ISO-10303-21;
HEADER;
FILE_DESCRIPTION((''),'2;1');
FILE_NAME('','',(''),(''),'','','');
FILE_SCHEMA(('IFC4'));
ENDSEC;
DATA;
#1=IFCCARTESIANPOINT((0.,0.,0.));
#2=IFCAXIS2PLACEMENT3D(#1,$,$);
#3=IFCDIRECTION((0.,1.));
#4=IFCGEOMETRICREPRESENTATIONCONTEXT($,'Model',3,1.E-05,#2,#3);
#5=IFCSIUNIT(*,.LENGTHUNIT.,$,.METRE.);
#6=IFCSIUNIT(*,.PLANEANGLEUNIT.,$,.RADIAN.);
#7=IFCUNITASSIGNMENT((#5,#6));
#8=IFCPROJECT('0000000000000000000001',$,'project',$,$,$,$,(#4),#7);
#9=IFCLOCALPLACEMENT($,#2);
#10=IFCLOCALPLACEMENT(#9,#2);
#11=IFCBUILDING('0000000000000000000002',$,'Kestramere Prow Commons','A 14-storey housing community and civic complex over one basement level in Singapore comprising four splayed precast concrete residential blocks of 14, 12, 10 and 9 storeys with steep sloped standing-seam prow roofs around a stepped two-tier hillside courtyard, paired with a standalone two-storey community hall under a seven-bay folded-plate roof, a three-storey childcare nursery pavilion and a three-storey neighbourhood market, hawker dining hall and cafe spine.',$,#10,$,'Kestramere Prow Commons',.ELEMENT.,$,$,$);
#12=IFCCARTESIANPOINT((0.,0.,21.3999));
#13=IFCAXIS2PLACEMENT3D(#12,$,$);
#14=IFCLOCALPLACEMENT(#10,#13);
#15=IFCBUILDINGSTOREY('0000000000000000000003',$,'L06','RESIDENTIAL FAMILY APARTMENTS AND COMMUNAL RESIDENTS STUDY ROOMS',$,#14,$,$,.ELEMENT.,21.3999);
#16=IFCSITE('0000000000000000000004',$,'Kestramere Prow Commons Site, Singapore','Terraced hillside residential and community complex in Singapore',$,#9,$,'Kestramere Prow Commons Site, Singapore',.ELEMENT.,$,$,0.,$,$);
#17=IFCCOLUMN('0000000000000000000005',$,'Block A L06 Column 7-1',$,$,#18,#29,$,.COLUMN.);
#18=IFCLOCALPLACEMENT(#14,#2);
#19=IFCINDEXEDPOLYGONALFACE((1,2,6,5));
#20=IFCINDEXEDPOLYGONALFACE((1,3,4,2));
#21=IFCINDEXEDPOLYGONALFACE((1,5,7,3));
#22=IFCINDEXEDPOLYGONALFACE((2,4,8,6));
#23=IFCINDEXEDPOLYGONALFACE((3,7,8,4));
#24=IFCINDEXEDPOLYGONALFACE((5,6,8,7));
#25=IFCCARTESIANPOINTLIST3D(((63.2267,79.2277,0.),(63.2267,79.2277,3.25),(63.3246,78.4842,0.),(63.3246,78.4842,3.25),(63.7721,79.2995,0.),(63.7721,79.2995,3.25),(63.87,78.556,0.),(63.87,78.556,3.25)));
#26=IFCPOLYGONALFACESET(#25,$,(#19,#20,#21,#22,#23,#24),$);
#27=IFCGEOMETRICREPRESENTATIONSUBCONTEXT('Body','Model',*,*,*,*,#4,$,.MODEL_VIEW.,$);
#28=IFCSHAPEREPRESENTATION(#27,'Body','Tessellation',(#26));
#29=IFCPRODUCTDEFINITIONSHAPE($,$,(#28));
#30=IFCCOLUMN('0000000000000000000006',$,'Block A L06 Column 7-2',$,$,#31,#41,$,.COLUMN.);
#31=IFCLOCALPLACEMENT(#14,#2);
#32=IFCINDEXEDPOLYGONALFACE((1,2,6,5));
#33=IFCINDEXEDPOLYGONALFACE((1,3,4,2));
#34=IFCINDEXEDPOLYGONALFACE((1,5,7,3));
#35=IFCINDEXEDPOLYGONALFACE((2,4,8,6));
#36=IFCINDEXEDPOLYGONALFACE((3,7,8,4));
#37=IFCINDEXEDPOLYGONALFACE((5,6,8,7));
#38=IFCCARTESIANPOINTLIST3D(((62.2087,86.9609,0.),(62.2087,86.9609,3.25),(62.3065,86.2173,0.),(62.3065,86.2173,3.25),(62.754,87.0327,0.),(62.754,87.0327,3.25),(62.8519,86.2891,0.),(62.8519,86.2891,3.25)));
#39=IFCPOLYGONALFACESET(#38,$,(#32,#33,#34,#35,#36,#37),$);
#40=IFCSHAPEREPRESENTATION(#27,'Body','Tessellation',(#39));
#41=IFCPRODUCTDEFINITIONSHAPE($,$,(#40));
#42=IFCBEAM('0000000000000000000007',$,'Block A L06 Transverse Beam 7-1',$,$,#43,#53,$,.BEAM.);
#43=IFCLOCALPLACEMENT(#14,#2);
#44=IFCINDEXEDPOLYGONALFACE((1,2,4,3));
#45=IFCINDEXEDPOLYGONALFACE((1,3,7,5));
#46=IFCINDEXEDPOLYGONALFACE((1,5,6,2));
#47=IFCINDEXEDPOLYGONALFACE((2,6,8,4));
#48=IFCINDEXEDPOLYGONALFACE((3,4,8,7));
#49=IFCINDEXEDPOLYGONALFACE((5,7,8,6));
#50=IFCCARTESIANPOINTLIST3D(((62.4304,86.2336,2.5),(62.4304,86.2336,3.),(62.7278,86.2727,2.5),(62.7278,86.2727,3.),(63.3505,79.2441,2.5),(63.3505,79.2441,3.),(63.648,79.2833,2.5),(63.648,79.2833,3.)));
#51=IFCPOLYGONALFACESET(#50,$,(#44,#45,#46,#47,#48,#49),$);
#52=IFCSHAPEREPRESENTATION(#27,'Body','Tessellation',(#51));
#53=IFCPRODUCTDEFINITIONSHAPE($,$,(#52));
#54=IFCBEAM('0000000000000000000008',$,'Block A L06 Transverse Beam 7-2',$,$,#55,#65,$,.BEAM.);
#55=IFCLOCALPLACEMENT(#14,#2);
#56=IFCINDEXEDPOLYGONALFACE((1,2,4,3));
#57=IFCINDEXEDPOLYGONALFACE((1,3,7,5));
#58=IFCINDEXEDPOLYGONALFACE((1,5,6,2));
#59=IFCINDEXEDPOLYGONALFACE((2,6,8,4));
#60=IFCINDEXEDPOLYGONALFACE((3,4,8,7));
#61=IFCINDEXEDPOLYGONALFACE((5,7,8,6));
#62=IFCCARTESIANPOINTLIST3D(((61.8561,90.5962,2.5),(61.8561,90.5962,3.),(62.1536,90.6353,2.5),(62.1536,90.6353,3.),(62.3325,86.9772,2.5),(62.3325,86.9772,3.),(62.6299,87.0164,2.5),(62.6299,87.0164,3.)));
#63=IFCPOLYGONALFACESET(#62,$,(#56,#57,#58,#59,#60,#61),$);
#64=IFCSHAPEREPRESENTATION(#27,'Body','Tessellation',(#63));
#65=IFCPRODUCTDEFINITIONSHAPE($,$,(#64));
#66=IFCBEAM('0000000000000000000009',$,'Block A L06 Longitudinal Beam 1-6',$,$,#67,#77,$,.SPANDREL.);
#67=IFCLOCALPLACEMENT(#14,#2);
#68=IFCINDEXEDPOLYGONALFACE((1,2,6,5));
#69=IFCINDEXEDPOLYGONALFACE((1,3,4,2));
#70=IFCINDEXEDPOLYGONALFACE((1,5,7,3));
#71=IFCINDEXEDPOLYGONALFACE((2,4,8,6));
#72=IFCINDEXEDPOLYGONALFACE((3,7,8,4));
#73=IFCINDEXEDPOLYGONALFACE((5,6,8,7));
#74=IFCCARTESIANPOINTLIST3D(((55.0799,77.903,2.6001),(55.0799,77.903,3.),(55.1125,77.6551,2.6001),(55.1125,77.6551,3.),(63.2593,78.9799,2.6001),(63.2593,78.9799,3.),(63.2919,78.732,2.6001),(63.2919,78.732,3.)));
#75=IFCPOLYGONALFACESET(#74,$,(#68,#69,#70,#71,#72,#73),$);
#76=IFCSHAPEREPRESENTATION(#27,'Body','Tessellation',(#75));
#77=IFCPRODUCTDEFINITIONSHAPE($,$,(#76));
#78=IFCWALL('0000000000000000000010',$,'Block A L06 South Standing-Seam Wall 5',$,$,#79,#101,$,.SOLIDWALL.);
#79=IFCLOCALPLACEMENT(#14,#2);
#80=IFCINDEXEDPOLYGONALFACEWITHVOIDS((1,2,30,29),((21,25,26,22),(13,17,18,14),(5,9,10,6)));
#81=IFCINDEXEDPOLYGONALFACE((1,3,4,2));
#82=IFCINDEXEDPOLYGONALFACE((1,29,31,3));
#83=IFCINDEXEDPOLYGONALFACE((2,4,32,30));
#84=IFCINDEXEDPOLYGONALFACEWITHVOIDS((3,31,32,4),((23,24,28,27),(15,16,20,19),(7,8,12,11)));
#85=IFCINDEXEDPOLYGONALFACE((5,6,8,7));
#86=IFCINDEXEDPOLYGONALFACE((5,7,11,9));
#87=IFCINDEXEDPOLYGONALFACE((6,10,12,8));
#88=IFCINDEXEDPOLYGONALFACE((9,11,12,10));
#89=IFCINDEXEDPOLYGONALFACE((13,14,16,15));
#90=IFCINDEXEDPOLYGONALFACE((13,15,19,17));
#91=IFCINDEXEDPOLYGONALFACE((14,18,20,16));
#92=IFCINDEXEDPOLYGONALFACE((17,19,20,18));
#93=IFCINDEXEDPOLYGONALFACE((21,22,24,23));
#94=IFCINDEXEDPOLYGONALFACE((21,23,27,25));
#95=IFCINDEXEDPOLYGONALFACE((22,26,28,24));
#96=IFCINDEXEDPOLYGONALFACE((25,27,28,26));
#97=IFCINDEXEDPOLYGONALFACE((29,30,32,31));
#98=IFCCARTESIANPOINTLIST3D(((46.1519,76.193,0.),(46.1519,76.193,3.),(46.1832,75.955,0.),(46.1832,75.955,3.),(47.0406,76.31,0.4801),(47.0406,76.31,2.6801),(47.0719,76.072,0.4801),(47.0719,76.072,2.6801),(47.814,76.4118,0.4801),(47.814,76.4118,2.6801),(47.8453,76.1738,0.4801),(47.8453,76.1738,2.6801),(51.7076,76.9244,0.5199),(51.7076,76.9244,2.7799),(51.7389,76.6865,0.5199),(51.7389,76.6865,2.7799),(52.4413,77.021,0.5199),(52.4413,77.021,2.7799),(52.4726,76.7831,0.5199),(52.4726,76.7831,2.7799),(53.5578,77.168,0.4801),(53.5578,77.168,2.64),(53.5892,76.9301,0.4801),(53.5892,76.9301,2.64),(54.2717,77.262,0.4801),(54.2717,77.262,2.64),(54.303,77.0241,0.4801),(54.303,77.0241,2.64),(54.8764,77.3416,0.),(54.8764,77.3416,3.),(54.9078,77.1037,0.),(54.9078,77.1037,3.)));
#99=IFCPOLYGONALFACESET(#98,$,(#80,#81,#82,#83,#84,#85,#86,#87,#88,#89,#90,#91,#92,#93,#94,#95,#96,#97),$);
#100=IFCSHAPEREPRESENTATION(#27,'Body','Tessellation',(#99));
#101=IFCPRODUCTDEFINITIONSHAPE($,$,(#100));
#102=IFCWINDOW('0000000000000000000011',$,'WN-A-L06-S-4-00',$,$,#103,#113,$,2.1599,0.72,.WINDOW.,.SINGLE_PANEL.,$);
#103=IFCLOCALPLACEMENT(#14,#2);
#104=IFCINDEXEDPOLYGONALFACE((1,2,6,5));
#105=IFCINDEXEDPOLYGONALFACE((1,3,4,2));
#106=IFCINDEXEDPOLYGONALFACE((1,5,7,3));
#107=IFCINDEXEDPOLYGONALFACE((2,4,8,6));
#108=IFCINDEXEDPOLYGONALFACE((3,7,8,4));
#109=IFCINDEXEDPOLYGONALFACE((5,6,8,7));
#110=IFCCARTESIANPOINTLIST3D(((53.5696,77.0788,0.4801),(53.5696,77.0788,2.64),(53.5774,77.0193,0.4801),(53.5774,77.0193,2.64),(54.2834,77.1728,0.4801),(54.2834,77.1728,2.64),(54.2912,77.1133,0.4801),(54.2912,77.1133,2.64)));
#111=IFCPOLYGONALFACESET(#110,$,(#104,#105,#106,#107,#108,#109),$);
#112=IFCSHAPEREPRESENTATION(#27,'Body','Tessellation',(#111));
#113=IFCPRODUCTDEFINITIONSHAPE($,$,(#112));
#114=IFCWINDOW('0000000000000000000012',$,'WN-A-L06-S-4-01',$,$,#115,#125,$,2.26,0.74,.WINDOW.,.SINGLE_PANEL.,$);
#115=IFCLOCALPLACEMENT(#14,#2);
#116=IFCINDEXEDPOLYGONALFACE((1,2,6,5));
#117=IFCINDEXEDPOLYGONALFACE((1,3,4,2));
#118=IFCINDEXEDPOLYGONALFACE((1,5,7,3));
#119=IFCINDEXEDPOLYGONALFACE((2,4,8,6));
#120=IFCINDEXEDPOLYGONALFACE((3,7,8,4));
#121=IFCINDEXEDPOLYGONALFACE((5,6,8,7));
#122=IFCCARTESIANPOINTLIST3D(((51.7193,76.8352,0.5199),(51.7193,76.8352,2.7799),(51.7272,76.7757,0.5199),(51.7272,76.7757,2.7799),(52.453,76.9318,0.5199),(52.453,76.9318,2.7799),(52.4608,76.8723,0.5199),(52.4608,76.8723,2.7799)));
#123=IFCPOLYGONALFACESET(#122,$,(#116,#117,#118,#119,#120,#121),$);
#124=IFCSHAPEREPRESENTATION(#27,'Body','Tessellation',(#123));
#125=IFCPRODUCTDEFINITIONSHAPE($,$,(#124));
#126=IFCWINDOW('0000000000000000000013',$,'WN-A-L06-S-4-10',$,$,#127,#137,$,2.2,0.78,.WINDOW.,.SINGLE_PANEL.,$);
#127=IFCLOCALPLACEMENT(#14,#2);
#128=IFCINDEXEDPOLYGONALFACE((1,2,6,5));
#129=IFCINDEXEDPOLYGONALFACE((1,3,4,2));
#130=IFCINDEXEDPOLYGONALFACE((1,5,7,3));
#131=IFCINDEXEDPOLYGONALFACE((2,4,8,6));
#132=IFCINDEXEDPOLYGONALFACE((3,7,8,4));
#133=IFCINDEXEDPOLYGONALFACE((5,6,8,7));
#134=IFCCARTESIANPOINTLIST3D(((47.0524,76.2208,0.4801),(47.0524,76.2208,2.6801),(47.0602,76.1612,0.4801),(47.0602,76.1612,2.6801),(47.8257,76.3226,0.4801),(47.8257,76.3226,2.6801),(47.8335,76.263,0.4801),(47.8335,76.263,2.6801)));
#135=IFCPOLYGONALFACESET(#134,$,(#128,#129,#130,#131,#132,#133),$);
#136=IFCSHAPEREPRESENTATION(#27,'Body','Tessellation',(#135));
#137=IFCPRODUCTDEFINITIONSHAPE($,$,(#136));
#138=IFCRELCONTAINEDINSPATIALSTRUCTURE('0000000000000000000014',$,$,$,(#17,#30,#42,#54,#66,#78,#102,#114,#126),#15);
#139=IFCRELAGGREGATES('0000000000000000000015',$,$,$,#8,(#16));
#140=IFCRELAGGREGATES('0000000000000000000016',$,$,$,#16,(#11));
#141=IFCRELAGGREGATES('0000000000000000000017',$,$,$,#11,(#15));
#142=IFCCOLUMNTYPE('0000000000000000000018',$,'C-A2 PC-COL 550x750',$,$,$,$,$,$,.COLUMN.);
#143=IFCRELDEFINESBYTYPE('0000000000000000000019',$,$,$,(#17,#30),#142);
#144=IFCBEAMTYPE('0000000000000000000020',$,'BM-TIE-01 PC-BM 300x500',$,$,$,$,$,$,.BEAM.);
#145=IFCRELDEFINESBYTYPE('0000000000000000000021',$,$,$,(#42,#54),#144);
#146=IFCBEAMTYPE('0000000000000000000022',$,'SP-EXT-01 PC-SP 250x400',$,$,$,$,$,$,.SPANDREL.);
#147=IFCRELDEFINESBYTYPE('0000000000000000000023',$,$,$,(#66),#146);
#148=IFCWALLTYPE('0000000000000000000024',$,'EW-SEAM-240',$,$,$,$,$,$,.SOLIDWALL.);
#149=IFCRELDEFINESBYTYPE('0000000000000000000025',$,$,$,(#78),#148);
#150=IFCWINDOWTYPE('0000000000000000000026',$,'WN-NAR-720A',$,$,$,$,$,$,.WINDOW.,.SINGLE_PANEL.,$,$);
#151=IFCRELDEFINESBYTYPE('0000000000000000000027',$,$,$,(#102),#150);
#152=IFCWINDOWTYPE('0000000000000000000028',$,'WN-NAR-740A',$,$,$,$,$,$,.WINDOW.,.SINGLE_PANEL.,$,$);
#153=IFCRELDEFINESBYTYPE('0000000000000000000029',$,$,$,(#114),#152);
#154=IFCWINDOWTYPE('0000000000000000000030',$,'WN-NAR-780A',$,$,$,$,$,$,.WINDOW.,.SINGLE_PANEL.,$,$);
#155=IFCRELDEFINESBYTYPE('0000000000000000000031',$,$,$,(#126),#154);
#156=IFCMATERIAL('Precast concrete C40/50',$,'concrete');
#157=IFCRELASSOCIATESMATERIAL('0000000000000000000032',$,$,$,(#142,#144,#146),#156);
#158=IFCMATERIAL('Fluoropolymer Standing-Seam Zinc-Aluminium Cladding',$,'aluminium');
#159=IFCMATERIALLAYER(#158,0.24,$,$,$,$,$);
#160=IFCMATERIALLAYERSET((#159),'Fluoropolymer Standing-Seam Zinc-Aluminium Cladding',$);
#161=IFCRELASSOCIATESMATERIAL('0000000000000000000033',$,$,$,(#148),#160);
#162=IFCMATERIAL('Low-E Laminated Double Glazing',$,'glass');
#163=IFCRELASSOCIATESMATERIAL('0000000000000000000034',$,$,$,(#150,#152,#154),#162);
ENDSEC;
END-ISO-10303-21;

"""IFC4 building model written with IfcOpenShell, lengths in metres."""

from ifc_helpers import new_model, si_unit, direction, frame, frame_2d, origin, origin_2d, place, context, subcontext, project, spatial, rectangle, extrude, material, layer, layer_set, material_profile, profile_set, type_object, element, fill, save


model = new_model("IFC4")

# Units and contexts
model_context = context("Model", 3, precision=1e-05, world=origin(), true_north=direction((0.0, 1.0)))
body_context = subcontext(model_context, "Body", "Model", "MODEL_VIEW")
ifc_project = project(units=[si_unit("LENGTHUNIT", "METRE"), si_unit("PLANEANGLEUNIT", "RADIAN")], contexts=[model_context])

# Site, building, storey
site_placement = place(None, origin())
site = spatial("IfcSite", under=ifc_project, at=site_placement, Name="Kestramere Prow Commons Site, Singapore", Description="Terraced hillside residential and community complex in Singapore", LongName="Kestramere Prow Commons Site, Singapore", CompositionType="ELEMENT", RefElevation=0.0)
building_placement = place(site_placement, origin())
building = spatial("IfcBuilding", under=site, at=building_placement, Name="Kestramere Prow Commons", Description="A 14-storey housing community and civic complex over one basement level in Singapore comprising four splayed precast concrete residential blocks of 14, 12, 10 and 9 storeys with steep sloped standing-seam prow roofs around a stepped two-tier hillside courtyard, paired with a standalone two-storey community hall under a seven-bay folded-plate roof, a three-storey childcare nursery pavilion and a three-storey neighbourhood market, hawker dining hall and cafe spine.", LongName="Kestramere Prow Commons", CompositionType="ELEMENT")
storey_placement = place(building_placement, frame((0.0, 0.0, 21.3999)))
storey = spatial("IfcBuildingStorey", under=building, at=storey_placement, Name="L06", Description="RESIDENTIAL FAMILY APARTMENTS AND COMMUNAL RESIDENTS STUDY ROOMS", CompositionType="ELEMENT", Elevation=21.3999)

# Columns
ifc_material_1 = material(Name="Precast concrete C40/50", Category="concrete")
ifc_material_profile_1 = material_profile(ifc_material_1, rectangle(XDim=0.55, YDim=0.75, at=origin_2d()), Name="PC-COL 550x750")
ifc_profile_set_1 = profile_set([ifc_material_profile_1], Name="Precast concrete C40/50")
column_type = type_object("IfcColumnType", Name="C-A2 PC-COL 550x750", PredefinedType="COLUMN", material=ifc_profile_set_1)
for number, where, z_axis, x_axis, name in (
    (1, (63.5483, 78.8918, 0.0), (0.0, 0.0, 1.0), (0.991445, 0.130526, 0.0), "Block A L06 Column 7-1"),
    (2, (62.5303, 86.625, 0.0), (0.0, 0.0, 1.0), (0.991445, 0.130526, 0.0), "Block A L06 Column 7-2"),
):
    element("IfcColumn", number, at=place(storey_placement, frame(where, z_axis=z_axis, x_axis=x_axis)), inside=storey, type_object=column_type, Name=name, PredefinedType="COLUMN", context=body_context, shape_type="SweptSolid", body=[
        extrude(rectangle(XDim=0.55, YDim=0.75, at=origin_2d()), origin(), (0.0, 0.0, 1.0), 3.25),
    ])

# Beams
ifc_material_profile_2 = material_profile(ifc_material_1, rectangle(XDim=0.3, YDim=0.5, at=origin_2d()), Name="PC-BM 300x500")
ifc_profile_set_2 = profile_set([ifc_material_profile_2], Name="Precast concrete C40/50")
beam_type_1 = type_object("IfcBeamType", Name="BM-TIE-01 PC-BM 300x500", PredefinedType="BEAM", material=ifc_profile_set_2)
beam_1_placement = place(storey_placement, frame((63.4993, 79.2637, 2.75), z_axis=(-0.130523, 0.991445, 0.0), x_axis=(-0.991445, -0.130523, 0.0)))
element("IfcBeam", 3, at=beam_1_placement, inside=storey, type_object=beam_type_1, Name="Block A L06 Transverse Beam 7-1", PredefinedType="BEAM", context=body_context, shape_type="SweptSolid", body=[
    extrude(rectangle(XDim=0.3, YDim=0.5, at=origin_2d()), origin(), (0.0, 0.0, 1.0), 7.0498),
])
beam_2_placement = place(storey_placement, frame((62.4812, 86.9968, 2.75), z_axis=(-0.130494, 0.991449, 0.0), x_axis=(-0.991449, -0.130494, 0.0)))
element("IfcBeam", 4, at=beam_2_placement, inside=storey, type_object=beam_type_1, Name="Block A L06 Transverse Beam 7-2", PredefinedType="BEAM", context=body_context, shape_type="SweptSolid", body=[
    extrude(rectangle(XDim=0.3, YDim=0.5, at=origin_2d()), origin(), (0.0, 0.0, 1.0), 3.6501),
])
ifc_material_profile_3 = material_profile(ifc_material_1, rectangle(XDim=0.25, YDim=0.3999, at=origin_2d()), Name="PC-SP 250x400")
ifc_profile_set_3 = profile_set([ifc_material_profile_3], Name="Precast concrete C40/50")
beam_type_2 = type_object("IfcBeamType", Name="SP-EXT-01 PC-SP 250x400", PredefinedType="SPANDREL", material=ifc_profile_set_3)
beam_3_placement = place(storey_placement, frame((55.0962, 77.7791, 2.8), z_axis=(0.991444, 0.130533, 0.0), x_axis=(-0.130533, 0.991444, 0.0)))
element("IfcBeam", 5, at=beam_3_placement, inside=storey, type_object=beam_type_2, Name="Block A L06 Longitudinal Beam 1-6", PredefinedType="SPANDREL", context=body_context, shape_type="SweptSolid", body=[
    extrude(rectangle(XDim=0.25, YDim=0.3999, at=origin_2d()), origin(), (0.0, 0.0, 1.0), 8.25),
])

# Wall, openings, windows
ifc_material_2 = material(Name="Fluoropolymer Standing-Seam Zinc-Aluminium Cladding", Category="aluminium")
ifc_layer_1 = layer(ifc_material_2, 0.24)
ifc_layer_set_1 = layer_set([ifc_layer_1], Name="Fluoropolymer Standing-Seam Zinc-Aluminium Cladding")
wall_type_1 = type_object("IfcWallType", Name="EW-SEAM-240", PredefinedType="SOLIDWALL", material=ifc_layer_set_1)
wall_1_placement = place(storey_placement, frame((54.8921, 77.2227, 0.0), z_axis=(0.0, 0.0, 1.0), x_axis=(-0.991444, -0.130533, 0.0)))
wall_1 = element("IfcWall", 6, at=wall_1_placement, inside=storey, type_object=wall_type_1, Name="Block A L06 South Standing-Seam Wall 5", PredefinedType="SOLIDWALL", context=body_context, shape_type="SweptSolid", body=[
    extrude(rectangle(XDim=8.7998, YDim=0.24, at=frame_2d((4.3999, 0.0))), origin(), (0.0, 0.0, 1.0), 3.0),
])
opening_1_placement = place(wall_1_placement, frame((0.6101, 0.0, 0.48)))
opening_1 = element("IfcOpeningElement", 7, at=opening_1_placement, cuts=wall_1, PredefinedType="OPENING", context=body_context, shape_type="SweptSolid", body=[
    extrude(rectangle(XDim=0.72, YDim=2.1599, at=frame_2d((0.3599, 1.0801))), frame((0.0, 0.135, 0.0), z_axis=(0.0, -1.0, 0.0), x_axis=(1.0, 0.0, 0.0)), (0.0, 0.0, 1.0), 0.27),
])
opening_2_placement = place(wall_1_placement, frame((2.4561, 0.0, 0.52)))
opening_2 = element("IfcOpeningElement", 8, at=opening_2_placement, cuts=wall_1, PredefinedType="OPENING", context=body_context, shape_type="SweptSolid", body=[
    extrude(rectangle(XDim=0.74, YDim=2.26, at=frame_2d((0.3701, 1.1299))), frame((0.0, 0.135, 0.0), z_axis=(0.0, -1.0, 0.0), x_axis=(1.0, 0.0, 0.0)), (0.0, 0.0, 1.0), 0.27),
])
opening_3_placement = place(wall_1_placement, frame((7.1233, 0.0, 0.48)))
opening_3 = element("IfcOpeningElement", 9, at=opening_3_placement, cuts=wall_1, PredefinedType="OPENING", context=body_context, shape_type="SweptSolid", body=[
    extrude(rectangle(XDim=0.78, YDim=2.2, at=frame_2d((0.3901, 1.1001))), frame((0.0, 0.135, 0.0), z_axis=(0.0, -1.0, 0.0), x_axis=(1.0, 0.0, 0.0)), (0.0, 0.0, 1.0), 0.27),
])
ifc_material_3 = material(Name="Low-E Laminated Double Glazing", Category="glass")
window_type_1 = type_object("IfcWindowType", Name="WN-NAR-720A", PartitioningType="SINGLE_PANEL", PredefinedType="WINDOW", material=ifc_material_3)
window_1_placement = place(opening_1_placement, origin())
window_1 = element("IfcWindow", 10, at=window_1_placement, inside=storey, type_object=window_type_1, Name="WN-A-L06-S-4-00", OverallHeight=2.1599, OverallWidth=0.72, PartitioningType="SINGLE_PANEL", PredefinedType="WINDOW", context=body_context, shape_type="SweptSolid", body=[
    extrude(rectangle(XDim=0.72, YDim=2.1599, at=frame_2d((0.3599, 1.0801))), frame((0.0, 0.03, 0.0), z_axis=(0.0, -1.0, 0.0), x_axis=(1.0, 0.0, 0.0)), (0.0, 0.0, 1.0), 0.0601),
])
fill(opening_1, window_1)
window_type_2 = type_object("IfcWindowType", Name="WN-NAR-740A", PartitioningType="SINGLE_PANEL", PredefinedType="WINDOW", material=ifc_material_3)
window_2_placement = place(opening_2_placement, origin())
window_2 = element("IfcWindow", 11, at=window_2_placement, inside=storey, type_object=window_type_2, Name="WN-A-L06-S-4-01", OverallHeight=2.26, OverallWidth=0.74, PartitioningType="SINGLE_PANEL", PredefinedType="WINDOW", context=body_context, shape_type="SweptSolid", body=[
    extrude(rectangle(XDim=0.74, YDim=2.26, at=frame_2d((0.3701, 1.1299))), frame((0.0, 0.03, 0.0), z_axis=(0.0, -1.0, 0.0), x_axis=(1.0, 0.0, 0.0)), (0.0, 0.0, 1.0), 0.0601),
])
fill(opening_2, window_2)
window_type_3 = type_object("IfcWindowType", Name="WN-NAR-780A", PartitioningType="SINGLE_PANEL", PredefinedType="WINDOW", material=ifc_material_3)
window_3_placement = place(opening_3_placement, origin())
window_3 = element("IfcWindow", 12, at=window_3_placement, inside=storey, type_object=window_type_3, Name="WN-A-L06-S-4-10", OverallHeight=2.2, OverallWidth=0.78, PartitioningType="SINGLE_PANEL", PredefinedType="WINDOW", context=body_context, shape_type="SweptSolid", body=[
    extrude(rectangle(XDim=0.78, YDim=2.2, at=frame_2d((0.3901, 1.1001))), frame((0.0, 0.03, 0.0), z_axis=(0.0, -1.0, 0.0), x_axis=(1.0, 0.0, 0.0)), (0.0, 0.0, 1.0), 0.0601),
])
fill(opening_3, window_3)

save(model, "model.ifc")
